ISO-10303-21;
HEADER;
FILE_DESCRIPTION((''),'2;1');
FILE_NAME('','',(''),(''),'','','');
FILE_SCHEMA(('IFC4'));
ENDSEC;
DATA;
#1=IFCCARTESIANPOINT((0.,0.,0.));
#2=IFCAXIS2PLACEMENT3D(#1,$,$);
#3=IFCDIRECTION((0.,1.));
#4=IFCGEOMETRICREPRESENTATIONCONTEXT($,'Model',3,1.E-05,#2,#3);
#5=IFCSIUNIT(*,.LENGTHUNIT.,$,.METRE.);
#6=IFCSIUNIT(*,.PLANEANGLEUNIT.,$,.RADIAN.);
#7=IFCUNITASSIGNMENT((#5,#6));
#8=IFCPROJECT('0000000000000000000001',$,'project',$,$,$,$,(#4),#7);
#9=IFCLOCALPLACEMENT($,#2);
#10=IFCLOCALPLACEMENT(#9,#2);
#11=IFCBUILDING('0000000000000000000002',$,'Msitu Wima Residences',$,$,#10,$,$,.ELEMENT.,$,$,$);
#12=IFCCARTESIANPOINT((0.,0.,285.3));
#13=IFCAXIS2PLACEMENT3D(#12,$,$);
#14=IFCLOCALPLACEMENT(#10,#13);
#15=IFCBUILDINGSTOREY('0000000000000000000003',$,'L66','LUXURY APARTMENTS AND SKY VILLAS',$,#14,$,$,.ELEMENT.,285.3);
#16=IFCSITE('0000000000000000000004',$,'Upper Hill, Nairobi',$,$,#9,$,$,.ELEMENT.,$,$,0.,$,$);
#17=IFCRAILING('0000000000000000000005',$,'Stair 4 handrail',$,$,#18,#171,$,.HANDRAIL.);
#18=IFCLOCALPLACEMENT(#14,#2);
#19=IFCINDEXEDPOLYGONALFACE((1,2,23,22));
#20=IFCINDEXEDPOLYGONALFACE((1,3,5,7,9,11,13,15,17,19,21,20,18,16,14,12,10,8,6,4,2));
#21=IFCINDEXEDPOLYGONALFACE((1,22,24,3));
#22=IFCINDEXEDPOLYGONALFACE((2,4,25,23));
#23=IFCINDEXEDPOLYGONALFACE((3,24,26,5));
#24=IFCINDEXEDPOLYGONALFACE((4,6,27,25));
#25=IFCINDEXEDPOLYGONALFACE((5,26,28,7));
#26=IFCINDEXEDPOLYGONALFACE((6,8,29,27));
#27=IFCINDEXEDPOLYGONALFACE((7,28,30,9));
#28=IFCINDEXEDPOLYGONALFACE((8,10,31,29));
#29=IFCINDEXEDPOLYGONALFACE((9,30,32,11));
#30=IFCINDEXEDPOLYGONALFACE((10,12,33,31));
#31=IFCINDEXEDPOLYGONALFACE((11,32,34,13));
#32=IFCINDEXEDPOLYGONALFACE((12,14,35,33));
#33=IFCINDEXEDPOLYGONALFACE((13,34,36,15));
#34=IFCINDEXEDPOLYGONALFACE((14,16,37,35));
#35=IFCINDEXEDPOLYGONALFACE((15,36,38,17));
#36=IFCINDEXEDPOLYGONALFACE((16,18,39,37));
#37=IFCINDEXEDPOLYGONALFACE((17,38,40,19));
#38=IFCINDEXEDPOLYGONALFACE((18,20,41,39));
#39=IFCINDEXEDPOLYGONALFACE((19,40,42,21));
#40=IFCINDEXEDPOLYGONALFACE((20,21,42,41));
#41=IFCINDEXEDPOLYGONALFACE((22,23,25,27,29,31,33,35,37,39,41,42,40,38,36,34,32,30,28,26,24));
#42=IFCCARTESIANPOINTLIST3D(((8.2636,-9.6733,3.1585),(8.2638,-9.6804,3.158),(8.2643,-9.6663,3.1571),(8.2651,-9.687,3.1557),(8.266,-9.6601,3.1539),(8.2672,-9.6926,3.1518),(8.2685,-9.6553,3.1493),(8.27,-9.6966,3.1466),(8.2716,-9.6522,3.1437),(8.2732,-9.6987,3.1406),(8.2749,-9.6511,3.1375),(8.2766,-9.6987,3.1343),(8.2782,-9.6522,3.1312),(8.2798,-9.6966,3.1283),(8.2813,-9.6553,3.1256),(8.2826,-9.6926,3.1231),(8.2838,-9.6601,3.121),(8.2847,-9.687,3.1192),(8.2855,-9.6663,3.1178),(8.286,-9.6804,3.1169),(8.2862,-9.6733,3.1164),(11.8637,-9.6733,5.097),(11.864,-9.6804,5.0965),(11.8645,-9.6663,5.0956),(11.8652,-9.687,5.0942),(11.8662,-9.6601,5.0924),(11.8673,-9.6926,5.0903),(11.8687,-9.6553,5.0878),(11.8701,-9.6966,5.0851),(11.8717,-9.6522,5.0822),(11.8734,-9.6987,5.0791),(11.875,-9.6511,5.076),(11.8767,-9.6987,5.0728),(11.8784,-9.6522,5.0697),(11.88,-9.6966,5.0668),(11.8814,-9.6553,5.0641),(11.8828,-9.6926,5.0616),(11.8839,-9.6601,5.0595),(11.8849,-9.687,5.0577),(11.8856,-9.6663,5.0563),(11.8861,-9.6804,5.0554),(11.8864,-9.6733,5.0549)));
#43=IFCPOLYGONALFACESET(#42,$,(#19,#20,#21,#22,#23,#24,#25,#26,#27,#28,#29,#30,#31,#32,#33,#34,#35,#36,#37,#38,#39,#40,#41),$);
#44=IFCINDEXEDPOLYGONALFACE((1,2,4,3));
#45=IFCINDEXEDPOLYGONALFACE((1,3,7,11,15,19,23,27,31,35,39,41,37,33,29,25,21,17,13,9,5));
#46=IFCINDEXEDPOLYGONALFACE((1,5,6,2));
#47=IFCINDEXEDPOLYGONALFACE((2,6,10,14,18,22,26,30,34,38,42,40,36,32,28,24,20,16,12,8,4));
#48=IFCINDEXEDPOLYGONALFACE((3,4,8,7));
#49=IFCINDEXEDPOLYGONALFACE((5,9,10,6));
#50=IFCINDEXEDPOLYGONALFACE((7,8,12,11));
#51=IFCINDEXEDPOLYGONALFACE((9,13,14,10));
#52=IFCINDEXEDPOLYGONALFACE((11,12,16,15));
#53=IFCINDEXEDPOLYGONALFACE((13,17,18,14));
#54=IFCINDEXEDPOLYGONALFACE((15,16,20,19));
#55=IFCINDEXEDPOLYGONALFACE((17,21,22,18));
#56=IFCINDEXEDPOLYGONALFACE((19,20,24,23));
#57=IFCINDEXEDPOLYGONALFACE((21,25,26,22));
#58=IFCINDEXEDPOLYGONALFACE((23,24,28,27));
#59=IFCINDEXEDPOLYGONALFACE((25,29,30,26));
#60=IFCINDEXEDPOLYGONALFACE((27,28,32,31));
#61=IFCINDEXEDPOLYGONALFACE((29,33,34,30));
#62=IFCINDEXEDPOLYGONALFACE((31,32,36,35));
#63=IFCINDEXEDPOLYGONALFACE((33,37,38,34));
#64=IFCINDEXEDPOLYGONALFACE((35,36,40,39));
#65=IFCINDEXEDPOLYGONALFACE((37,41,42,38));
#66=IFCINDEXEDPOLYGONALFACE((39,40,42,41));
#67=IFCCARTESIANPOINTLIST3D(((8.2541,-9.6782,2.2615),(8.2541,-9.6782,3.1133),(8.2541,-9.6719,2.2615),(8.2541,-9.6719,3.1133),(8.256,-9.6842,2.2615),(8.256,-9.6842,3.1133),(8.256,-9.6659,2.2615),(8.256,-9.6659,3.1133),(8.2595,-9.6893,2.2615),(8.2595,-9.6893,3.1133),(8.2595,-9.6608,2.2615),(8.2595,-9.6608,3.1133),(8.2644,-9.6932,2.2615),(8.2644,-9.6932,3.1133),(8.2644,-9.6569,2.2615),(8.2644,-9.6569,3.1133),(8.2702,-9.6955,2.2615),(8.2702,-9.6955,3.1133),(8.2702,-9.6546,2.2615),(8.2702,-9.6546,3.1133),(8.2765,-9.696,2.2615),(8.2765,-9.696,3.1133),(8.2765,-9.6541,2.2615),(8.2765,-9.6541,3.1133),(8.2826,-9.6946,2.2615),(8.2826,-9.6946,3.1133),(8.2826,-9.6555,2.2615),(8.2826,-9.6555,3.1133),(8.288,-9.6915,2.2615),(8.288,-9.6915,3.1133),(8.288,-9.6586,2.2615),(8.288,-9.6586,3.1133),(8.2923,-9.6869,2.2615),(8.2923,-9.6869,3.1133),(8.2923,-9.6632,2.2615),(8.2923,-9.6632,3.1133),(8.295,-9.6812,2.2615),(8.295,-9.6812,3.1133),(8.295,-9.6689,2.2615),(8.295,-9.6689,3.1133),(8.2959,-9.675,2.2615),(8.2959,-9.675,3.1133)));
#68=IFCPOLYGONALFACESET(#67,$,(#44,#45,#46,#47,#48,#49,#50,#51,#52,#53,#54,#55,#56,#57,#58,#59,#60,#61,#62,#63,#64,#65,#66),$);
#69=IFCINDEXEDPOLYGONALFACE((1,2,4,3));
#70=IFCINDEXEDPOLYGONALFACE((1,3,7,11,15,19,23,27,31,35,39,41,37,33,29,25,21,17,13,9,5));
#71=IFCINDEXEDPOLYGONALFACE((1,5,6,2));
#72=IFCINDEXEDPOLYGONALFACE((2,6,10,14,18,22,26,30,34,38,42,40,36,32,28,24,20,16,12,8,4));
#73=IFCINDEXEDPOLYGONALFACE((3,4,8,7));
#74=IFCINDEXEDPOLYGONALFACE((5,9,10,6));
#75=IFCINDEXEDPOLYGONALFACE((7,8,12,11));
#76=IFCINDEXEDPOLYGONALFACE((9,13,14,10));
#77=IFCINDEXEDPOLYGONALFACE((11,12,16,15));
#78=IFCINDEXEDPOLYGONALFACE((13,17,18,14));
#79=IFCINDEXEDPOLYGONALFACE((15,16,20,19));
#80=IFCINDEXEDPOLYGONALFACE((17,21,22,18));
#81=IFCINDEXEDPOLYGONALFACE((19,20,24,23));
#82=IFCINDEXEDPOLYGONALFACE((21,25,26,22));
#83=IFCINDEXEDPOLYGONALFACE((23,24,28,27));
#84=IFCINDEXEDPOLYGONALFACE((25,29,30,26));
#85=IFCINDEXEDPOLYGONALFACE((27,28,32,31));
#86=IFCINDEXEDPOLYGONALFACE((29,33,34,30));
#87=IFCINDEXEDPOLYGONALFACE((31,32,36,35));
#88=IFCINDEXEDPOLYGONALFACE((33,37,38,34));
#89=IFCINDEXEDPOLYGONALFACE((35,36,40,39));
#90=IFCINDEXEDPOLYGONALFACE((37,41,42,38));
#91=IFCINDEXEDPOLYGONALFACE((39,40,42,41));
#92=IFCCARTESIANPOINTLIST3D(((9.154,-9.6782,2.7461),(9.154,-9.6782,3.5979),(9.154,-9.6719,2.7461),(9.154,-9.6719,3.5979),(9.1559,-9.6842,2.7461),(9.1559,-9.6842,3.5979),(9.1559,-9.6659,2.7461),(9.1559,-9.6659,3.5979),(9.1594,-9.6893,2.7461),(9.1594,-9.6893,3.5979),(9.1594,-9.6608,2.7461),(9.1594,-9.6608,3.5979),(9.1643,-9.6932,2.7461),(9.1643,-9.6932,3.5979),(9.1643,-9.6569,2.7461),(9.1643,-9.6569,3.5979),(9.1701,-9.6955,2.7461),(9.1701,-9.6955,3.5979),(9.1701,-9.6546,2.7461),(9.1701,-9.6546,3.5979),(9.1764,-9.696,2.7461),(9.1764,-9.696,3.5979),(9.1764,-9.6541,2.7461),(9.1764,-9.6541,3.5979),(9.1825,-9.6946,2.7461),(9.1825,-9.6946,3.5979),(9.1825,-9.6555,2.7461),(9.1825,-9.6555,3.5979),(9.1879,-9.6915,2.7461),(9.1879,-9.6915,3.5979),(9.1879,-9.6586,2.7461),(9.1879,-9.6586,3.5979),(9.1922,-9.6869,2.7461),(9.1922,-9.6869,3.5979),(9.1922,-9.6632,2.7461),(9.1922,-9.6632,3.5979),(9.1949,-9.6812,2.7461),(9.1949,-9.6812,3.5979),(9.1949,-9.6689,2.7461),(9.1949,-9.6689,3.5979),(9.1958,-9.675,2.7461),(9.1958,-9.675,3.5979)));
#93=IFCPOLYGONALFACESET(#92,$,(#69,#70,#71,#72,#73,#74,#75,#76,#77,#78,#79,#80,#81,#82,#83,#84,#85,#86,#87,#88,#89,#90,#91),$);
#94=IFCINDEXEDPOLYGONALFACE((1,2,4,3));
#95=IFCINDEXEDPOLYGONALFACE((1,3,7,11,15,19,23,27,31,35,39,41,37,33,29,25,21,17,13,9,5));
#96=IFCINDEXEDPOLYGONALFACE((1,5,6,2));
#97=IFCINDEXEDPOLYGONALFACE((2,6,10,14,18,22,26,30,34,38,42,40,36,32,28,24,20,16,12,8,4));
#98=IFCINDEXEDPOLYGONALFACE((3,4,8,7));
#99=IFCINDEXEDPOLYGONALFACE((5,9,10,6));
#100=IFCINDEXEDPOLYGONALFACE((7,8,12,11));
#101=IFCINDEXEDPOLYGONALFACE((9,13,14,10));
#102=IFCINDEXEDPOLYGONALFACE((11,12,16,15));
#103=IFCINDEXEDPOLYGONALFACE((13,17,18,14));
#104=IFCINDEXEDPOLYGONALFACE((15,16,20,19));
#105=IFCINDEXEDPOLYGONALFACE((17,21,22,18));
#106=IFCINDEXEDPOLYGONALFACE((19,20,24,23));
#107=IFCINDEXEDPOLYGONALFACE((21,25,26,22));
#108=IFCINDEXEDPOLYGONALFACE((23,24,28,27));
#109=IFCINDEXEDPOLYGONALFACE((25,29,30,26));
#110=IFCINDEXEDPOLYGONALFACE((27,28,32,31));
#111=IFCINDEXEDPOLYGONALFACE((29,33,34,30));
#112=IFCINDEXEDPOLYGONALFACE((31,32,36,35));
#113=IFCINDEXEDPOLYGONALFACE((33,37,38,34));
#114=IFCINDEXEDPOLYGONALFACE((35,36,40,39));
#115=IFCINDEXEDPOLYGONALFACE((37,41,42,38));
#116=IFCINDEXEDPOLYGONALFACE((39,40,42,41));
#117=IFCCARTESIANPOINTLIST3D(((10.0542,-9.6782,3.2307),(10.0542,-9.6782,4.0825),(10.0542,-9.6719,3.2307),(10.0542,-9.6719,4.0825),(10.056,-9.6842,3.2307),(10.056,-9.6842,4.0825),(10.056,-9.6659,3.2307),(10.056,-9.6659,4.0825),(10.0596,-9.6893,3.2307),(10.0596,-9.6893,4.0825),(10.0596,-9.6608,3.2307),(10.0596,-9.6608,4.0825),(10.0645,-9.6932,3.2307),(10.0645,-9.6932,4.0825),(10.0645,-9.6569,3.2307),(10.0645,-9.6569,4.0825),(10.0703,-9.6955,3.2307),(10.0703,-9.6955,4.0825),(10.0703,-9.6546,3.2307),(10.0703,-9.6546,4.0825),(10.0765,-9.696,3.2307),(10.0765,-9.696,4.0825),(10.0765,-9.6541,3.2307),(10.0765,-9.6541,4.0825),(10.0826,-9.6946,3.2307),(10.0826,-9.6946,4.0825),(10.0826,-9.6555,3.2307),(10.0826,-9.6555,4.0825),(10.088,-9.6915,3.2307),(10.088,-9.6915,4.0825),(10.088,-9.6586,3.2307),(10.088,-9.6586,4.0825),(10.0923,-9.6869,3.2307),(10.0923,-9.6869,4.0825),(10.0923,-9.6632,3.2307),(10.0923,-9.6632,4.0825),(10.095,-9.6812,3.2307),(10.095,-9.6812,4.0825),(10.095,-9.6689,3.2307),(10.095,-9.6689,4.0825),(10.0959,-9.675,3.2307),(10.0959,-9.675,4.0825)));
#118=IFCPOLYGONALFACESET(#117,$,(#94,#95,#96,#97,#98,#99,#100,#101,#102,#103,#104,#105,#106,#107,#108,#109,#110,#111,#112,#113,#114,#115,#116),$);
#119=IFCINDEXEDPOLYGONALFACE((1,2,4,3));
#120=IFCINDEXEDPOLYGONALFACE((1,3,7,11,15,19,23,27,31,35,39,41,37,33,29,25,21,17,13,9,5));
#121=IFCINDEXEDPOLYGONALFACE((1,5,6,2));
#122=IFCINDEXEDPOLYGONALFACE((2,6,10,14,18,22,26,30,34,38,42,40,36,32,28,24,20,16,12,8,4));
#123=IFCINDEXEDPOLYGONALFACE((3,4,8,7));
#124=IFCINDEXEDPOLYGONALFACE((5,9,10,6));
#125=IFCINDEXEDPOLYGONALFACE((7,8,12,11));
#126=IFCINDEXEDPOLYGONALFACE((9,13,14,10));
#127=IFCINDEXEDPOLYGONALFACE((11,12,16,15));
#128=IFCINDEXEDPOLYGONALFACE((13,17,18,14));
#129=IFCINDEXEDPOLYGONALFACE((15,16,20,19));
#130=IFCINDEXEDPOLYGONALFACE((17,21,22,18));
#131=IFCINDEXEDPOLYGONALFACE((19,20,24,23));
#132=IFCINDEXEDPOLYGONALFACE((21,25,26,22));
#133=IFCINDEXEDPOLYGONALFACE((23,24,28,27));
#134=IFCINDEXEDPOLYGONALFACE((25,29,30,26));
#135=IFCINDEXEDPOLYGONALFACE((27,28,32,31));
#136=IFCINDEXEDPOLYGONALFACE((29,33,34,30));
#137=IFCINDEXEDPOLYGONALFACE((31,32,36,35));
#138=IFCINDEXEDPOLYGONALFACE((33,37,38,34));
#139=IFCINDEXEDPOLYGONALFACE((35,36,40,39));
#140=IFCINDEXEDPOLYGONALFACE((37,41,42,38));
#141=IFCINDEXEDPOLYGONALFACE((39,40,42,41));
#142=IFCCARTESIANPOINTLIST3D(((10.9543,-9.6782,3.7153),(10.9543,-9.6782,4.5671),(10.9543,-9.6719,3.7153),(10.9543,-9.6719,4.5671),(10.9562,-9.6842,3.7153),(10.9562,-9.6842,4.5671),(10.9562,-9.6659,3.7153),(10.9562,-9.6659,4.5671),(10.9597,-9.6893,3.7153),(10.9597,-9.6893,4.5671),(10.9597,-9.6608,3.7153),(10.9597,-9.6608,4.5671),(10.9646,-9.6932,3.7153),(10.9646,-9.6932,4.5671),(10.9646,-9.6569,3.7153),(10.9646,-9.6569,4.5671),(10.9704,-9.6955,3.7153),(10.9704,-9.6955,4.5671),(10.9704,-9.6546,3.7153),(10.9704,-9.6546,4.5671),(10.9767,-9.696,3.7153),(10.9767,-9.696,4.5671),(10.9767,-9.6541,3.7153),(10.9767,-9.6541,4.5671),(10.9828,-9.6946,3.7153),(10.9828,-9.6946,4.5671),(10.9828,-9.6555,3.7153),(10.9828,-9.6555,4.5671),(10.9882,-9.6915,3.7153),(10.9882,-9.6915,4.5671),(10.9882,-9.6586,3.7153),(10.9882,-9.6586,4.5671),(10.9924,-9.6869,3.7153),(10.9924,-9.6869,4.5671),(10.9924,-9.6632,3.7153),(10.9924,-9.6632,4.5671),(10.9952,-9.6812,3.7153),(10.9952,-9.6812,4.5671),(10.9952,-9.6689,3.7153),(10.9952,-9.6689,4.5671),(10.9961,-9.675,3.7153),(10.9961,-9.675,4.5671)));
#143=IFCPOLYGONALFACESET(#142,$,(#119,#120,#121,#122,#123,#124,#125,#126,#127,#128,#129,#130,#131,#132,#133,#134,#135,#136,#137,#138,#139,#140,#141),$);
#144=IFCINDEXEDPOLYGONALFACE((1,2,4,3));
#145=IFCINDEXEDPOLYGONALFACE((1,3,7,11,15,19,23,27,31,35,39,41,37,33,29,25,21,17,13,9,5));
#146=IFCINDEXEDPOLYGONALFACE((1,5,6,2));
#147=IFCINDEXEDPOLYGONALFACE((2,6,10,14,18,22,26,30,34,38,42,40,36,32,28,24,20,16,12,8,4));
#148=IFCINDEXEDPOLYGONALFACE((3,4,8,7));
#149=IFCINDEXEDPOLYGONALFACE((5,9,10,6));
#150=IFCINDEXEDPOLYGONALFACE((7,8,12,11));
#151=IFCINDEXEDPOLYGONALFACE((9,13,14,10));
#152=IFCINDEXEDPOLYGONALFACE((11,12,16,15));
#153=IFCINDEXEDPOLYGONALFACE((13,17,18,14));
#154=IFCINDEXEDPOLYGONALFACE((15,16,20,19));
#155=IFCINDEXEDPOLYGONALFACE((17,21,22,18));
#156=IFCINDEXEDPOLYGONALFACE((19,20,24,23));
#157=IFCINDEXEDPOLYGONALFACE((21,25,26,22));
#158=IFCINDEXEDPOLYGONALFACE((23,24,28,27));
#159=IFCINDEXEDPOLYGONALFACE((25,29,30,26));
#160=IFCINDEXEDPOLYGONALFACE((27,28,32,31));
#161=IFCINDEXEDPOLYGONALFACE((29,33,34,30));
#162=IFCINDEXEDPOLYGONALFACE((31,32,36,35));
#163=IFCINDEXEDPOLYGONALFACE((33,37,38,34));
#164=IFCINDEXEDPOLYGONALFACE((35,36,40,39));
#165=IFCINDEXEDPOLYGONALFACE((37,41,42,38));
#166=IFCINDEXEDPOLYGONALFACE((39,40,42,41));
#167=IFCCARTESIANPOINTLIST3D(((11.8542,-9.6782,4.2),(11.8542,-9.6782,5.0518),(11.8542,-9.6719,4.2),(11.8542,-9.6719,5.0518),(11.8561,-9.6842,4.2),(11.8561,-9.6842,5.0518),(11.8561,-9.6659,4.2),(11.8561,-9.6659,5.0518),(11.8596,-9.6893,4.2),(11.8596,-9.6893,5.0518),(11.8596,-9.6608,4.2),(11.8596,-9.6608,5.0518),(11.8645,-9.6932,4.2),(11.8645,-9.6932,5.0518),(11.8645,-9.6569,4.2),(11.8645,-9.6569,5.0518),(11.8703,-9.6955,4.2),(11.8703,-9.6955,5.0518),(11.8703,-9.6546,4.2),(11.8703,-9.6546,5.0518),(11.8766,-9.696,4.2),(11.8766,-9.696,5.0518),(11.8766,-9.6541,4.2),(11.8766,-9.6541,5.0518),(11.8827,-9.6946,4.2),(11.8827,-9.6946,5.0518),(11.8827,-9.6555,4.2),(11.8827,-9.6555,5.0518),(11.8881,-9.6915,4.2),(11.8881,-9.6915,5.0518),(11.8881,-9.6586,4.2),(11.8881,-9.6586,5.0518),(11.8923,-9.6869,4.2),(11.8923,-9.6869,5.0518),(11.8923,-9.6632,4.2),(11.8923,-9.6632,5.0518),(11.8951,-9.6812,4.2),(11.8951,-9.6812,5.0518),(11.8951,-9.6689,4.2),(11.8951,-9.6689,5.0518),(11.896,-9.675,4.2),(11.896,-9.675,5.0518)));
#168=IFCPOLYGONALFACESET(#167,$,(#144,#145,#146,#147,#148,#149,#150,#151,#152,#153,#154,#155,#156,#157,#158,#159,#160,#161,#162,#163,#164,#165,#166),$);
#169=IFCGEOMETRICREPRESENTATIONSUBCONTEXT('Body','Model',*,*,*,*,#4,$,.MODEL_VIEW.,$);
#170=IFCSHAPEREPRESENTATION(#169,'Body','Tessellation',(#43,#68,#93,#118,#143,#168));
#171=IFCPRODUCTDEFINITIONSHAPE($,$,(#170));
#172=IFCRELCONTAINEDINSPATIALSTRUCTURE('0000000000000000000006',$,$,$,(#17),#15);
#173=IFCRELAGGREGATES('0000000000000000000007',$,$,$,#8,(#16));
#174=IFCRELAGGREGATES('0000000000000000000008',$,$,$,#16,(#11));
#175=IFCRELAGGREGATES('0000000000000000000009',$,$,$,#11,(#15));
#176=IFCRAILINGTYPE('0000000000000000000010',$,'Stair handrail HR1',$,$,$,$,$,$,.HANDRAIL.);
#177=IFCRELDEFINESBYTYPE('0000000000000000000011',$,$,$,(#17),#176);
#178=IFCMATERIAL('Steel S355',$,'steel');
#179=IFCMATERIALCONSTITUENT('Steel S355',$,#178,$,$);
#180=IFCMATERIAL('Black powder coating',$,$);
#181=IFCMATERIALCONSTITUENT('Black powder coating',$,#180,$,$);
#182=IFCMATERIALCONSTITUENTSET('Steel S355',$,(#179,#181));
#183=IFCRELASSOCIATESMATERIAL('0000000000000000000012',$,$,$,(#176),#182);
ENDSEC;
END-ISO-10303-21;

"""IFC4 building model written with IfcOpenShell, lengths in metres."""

from ifc_helpers import new_model, si_unit, direction, frame, origin, origin_2d, place, context, subcontext, project, spatial, circle, extrude, material, constituent, constituent_set, type_object, element, save


model = new_model("IFC4")

# Units and contexts
model_context = context("Model", 3, precision=1e-05, world=origin(), true_north=direction((0.0, 1.0)))
body_context = subcontext(model_context, "Body", "Model", "MODEL_VIEW")
ifc_project = project(units=[si_unit("LENGTHUNIT", "METRE"), si_unit("PLANEANGLEUNIT", "RADIAN")], contexts=[model_context])

# Site, building, storey
site_placement = place(None, origin())
site = spatial("IfcSite", under=ifc_project, at=site_placement, Name="Upper Hill, Nairobi", CompositionType="ELEMENT", RefElevation=0.0)
building_placement = place(site_placement, origin())
building = spatial("IfcBuilding", under=site, at=building_placement, Name="Msitu Wima Residences", CompositionType="ELEMENT")
storey_placement = place(building_placement, frame((0.0, 0.0, 285.3)))
storey = spatial("IfcBuildingStorey", under=building, at=storey_placement, Name="L66", Description="LUXURY APARTMENTS AND SKY VILLAS", CompositionType="ELEMENT", Elevation=285.3)

# Railing
ifc_material_1 = material(Name="Steel S355", Category="steel")
ifc_constituent_1 = constituent(ifc_material_1, Name="Steel S355")
ifc_material_2 = material(Name="Black powder coating")
ifc_constituent_2 = constituent(ifc_material_2, Name="Black powder coating")
ifc_constituent_set = constituent_set(constituents=[ifc_constituent_1, ifc_constituent_2], Name="Steel S355")
railing_type = type_object("IfcRailingType", Name="Stair handrail HR1", PredefinedType="HANDRAIL", material=ifc_constituent_set)
for number, where, name in (
    (1, (8.2749, -9.675, 2.2615), "Stair 4 handrail"),
):
    element("IfcRailing", number, at=place(storey_placement, frame(where)), inside=storey, type_object=railing_type, Name=name, PredefinedType="HANDRAIL", context=body_context, shape_type="SweptSolid", body=[
        extrude(circle(Radius=0.0239, at=origin_2d()), frame((0.0, 0.0, 0.876), z_axis=(0.880475, 0.0, 0.474093), x_axis=(0.0, 1.0, 0.0)), (0.0, 0.0, 1.0), 4.0889),
        extrude(circle(Radius=0.021, at=origin_2d()), origin(), (0.0, 0.0, 1.0), 0.8518),
        extrude(circle(Radius=0.021, at=origin_2d()), frame((0.8999, 0.0, 0.4846)), (0.0, 0.0, 1.0), 0.8518),
        extrude(circle(Radius=0.021, at=origin_2d()), frame((1.8, 0.0, 0.9692)), (0.0, 0.0, 1.0), 0.8518),
        extrude(circle(Radius=0.021, at=origin_2d()), frame((2.7002, 0.0, 1.4539)), (0.0, 0.0, 1.0), 0.8518),
        extrude(circle(Radius=0.021, at=origin_2d()), frame((3.6001, 0.0, 1.9385)), (0.0, 0.0, 1.0), 0.8518),
    ])

save(model, "model.ifc")
